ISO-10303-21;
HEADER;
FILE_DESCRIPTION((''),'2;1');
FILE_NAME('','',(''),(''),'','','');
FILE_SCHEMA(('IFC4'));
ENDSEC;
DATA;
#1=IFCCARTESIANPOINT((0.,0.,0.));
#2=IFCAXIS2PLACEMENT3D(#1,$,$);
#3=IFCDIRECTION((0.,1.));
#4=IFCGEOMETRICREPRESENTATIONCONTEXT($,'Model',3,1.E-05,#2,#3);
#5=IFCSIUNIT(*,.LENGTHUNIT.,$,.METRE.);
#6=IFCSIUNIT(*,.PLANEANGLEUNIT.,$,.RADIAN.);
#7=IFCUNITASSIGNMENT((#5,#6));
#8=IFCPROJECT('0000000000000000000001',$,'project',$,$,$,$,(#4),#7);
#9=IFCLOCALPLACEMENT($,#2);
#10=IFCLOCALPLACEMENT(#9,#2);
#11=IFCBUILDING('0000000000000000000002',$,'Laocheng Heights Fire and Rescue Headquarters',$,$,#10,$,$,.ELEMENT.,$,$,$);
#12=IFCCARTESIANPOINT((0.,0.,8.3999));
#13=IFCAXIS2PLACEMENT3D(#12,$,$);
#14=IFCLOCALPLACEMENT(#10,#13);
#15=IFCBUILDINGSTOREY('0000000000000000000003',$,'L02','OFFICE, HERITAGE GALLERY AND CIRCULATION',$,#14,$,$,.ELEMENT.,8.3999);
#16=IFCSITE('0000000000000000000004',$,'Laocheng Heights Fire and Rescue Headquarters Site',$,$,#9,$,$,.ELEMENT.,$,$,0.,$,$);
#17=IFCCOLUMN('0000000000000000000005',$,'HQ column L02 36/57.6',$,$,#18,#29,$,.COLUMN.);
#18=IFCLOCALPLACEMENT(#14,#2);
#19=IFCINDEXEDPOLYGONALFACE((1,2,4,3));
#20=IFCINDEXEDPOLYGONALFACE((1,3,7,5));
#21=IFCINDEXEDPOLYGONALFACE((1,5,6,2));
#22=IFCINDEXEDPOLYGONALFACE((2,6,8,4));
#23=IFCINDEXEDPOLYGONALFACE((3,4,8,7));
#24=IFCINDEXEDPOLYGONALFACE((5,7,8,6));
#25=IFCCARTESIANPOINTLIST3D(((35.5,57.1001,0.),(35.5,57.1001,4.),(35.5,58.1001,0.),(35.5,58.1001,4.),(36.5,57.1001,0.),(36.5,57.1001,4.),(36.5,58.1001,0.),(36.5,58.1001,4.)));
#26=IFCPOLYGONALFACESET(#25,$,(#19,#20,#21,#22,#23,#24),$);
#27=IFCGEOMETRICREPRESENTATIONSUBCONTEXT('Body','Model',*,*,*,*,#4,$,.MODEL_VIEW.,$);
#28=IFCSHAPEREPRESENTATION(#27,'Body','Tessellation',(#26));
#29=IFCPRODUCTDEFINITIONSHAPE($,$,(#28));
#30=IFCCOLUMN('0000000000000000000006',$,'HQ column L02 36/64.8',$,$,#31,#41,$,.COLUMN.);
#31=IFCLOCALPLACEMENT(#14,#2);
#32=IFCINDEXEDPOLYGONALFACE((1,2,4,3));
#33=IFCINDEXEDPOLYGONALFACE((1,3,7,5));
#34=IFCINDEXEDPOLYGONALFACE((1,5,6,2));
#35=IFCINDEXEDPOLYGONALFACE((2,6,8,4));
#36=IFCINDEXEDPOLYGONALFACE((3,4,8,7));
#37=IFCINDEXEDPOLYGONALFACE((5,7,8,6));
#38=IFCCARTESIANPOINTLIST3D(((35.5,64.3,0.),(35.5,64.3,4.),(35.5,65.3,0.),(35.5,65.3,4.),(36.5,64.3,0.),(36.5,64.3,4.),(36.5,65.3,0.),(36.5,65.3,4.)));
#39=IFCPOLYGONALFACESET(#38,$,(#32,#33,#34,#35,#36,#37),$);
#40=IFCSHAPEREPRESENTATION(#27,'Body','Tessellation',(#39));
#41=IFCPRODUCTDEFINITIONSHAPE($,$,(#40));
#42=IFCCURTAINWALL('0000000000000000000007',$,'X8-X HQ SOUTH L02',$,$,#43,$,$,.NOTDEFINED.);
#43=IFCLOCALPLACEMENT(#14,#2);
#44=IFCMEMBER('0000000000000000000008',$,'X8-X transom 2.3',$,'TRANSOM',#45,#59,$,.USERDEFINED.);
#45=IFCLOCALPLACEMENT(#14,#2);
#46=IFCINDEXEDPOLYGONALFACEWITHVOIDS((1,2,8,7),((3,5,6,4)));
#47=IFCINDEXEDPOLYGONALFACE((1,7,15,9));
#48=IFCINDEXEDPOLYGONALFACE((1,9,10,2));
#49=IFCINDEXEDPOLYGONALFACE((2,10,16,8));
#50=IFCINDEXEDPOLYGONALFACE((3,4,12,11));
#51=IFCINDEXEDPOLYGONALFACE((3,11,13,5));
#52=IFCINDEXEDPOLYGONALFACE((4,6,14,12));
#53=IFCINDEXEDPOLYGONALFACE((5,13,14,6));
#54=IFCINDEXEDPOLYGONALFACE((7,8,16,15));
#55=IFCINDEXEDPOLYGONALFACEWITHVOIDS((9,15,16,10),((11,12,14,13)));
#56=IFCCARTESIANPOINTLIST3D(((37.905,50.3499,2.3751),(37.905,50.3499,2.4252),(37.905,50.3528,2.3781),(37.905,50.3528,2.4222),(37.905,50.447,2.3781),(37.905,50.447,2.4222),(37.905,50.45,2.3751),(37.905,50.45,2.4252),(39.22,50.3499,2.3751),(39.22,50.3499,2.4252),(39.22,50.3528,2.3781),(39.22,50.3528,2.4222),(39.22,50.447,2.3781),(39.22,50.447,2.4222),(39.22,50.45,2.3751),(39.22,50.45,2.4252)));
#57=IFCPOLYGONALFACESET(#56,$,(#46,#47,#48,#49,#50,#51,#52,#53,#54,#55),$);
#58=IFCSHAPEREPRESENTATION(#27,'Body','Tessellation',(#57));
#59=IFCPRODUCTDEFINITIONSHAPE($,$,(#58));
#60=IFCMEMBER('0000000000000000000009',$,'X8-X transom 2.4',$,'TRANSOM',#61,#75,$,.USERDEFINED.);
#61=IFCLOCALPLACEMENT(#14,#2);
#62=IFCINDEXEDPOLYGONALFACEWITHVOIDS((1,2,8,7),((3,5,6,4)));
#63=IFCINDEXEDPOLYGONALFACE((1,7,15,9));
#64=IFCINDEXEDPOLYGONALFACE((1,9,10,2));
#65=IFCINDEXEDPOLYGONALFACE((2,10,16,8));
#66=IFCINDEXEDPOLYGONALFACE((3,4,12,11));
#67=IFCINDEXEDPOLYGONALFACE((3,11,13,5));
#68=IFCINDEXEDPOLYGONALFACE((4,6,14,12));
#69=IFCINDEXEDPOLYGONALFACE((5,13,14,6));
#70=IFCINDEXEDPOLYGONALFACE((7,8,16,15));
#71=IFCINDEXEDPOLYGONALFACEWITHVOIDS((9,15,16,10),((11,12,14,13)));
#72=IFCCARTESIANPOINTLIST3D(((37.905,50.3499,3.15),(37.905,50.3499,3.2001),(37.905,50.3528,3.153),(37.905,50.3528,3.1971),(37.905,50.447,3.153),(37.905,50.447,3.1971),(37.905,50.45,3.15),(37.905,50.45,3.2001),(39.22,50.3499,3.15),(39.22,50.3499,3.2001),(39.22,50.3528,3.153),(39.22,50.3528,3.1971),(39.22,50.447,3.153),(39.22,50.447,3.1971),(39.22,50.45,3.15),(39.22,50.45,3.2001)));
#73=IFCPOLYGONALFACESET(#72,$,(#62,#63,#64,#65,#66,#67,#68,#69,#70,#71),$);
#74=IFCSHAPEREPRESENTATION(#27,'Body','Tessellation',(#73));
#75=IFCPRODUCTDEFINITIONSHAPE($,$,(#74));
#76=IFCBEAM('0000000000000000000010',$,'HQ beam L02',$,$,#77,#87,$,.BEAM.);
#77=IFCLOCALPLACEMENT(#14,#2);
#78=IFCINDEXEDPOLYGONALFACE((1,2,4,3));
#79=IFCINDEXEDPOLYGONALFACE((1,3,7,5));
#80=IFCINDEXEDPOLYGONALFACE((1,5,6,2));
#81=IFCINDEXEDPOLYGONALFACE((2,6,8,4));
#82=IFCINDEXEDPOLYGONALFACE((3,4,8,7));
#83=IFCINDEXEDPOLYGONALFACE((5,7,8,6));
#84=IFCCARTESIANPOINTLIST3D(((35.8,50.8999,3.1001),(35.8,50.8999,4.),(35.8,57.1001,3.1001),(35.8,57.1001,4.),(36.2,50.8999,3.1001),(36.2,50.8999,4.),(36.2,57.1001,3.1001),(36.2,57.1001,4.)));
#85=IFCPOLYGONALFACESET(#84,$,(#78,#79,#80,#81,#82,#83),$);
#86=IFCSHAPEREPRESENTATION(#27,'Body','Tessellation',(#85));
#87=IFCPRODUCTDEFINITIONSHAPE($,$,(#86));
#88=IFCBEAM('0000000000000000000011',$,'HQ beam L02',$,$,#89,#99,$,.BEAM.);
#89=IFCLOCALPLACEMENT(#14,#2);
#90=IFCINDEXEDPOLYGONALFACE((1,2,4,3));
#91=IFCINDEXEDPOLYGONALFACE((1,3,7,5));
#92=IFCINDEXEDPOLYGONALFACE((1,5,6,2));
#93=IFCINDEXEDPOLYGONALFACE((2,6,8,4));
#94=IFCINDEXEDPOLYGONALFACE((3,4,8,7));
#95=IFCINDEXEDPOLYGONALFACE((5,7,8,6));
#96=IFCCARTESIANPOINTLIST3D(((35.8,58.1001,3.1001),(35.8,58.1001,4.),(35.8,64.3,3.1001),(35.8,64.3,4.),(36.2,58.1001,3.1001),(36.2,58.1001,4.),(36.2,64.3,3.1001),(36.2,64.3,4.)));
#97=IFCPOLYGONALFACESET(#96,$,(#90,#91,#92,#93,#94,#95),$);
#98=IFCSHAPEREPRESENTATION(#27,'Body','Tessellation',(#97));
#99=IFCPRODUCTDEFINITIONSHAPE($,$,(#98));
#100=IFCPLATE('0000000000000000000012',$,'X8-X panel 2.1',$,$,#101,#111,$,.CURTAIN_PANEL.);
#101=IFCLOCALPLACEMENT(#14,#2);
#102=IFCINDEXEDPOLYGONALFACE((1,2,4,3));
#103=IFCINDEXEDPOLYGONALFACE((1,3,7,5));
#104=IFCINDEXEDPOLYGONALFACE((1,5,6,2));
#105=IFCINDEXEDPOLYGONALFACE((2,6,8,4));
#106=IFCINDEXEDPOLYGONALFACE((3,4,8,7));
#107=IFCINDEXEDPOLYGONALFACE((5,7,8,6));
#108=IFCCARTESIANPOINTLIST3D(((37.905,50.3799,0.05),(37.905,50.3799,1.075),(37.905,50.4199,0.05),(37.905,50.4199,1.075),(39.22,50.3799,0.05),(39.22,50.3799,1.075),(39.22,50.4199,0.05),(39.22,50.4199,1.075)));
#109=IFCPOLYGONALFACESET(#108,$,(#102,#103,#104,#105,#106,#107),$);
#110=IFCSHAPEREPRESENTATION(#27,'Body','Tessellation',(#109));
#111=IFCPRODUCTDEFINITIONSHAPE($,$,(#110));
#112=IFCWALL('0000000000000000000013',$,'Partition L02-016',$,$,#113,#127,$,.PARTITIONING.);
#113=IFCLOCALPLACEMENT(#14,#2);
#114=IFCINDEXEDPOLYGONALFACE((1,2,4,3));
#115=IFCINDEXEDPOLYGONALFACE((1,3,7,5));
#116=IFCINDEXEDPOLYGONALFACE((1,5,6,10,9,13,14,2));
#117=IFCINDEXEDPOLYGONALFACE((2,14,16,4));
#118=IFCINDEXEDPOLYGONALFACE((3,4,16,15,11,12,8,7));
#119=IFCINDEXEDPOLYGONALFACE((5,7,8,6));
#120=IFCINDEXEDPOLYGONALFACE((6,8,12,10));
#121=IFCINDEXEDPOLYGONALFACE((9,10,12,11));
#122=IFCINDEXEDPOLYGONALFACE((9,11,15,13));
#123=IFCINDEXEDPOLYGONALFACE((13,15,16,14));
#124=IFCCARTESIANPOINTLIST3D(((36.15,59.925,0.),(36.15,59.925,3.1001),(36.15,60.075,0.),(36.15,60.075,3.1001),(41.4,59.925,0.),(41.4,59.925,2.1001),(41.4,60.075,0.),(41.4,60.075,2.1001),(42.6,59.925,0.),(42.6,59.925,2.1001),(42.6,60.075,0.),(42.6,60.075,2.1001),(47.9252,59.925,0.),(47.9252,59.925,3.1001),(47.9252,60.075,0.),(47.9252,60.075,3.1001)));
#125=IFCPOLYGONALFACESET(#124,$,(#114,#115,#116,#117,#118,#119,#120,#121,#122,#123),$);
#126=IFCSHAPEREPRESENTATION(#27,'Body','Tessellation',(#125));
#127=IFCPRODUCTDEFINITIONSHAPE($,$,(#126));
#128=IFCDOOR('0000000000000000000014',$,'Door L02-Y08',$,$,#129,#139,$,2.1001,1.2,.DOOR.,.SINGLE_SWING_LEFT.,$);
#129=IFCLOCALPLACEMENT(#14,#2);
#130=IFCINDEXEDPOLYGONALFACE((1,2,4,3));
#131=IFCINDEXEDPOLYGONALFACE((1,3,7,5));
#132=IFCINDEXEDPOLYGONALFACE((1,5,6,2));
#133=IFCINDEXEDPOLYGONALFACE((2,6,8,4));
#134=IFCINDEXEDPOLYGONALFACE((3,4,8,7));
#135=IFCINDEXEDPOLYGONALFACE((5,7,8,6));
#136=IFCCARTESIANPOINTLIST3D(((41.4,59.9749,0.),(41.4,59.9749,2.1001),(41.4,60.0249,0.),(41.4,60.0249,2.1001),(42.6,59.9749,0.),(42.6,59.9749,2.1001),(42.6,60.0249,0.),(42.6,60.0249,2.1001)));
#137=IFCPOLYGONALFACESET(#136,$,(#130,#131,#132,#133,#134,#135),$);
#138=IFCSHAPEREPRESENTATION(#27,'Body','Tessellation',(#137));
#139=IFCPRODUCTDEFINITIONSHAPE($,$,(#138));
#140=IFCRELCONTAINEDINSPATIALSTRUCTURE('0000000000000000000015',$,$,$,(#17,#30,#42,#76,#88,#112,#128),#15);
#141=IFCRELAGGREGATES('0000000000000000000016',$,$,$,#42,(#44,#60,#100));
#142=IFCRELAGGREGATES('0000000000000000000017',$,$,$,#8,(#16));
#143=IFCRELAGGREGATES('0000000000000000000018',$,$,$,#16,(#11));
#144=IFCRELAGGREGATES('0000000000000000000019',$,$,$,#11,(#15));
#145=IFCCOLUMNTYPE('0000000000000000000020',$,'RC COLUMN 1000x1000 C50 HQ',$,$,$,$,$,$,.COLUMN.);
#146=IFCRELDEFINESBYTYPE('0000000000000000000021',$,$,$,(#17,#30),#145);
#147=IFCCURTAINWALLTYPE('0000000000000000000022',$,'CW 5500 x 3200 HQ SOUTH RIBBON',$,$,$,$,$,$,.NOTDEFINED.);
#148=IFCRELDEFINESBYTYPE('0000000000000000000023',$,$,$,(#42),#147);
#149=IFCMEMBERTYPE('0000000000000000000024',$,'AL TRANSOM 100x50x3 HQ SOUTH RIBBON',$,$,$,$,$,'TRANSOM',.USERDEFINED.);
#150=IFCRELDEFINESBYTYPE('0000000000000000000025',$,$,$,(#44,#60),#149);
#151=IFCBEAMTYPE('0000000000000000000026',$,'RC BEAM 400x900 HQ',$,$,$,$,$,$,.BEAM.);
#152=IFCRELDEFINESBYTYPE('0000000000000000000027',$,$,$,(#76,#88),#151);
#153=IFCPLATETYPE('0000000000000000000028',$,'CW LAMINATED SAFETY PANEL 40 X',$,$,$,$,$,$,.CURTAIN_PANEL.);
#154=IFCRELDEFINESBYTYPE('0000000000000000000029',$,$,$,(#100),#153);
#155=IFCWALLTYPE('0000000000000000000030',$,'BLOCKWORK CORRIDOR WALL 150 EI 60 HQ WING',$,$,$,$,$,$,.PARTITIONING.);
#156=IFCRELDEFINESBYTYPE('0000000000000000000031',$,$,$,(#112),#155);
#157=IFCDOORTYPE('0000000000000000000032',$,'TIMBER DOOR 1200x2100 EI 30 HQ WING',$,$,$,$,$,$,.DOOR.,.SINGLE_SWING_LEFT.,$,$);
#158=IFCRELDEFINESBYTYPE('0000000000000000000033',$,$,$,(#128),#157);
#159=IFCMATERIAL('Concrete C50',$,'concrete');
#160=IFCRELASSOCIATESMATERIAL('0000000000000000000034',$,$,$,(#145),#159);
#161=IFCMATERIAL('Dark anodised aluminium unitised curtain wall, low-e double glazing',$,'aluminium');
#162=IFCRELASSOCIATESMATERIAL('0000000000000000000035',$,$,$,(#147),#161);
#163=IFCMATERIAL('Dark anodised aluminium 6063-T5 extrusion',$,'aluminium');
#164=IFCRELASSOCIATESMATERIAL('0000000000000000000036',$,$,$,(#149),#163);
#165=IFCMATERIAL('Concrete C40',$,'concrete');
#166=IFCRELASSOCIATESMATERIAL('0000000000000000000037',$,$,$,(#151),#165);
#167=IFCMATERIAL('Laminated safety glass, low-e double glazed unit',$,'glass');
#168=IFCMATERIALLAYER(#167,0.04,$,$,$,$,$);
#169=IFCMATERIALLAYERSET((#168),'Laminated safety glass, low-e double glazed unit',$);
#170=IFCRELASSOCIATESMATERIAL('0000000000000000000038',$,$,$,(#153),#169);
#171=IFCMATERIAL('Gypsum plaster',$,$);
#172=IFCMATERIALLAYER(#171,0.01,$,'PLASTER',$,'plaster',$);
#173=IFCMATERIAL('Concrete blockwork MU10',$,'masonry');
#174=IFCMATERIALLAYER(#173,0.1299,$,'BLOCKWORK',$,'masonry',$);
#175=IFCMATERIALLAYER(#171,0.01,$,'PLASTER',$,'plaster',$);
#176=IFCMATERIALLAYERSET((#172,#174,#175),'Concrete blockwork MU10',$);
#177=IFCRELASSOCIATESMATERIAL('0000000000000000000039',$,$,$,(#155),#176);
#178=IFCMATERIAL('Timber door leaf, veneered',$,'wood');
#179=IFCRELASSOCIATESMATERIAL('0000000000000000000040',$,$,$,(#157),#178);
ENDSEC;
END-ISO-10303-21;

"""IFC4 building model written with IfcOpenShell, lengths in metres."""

from ifc_helpers import new_model, si_unit, direction, frame, frame_2d, origin, origin_2d, place, context, subcontext, project, spatial, rectangle, hollow_rectangle, extrude, material, layer, layer_set, material_profile, profile_set, type_object, element, fill, aggregate, save


model = new_model("IFC4")

# Units and contexts
model_context = context("Model", 3, precision=1e-05, world=origin(), true_north=direction((0.0, 1.0)))
body_context = subcontext(model_context, "Body", "Model", "MODEL_VIEW")
ifc_project = project(units=[si_unit("LENGTHUNIT", "METRE"), si_unit("PLANEANGLEUNIT", "RADIAN")], contexts=[model_context])

# Site, building, storey
site_placement = place(None, origin())
site = spatial("IfcSite", under=ifc_project, at=site_placement, Name="Laocheng Heights Fire and Rescue Headquarters Site", CompositionType="ELEMENT", RefElevation=0.0)
building_placement = place(site_placement, origin())
building = spatial("IfcBuilding", under=site, at=building_placement, Name="Laocheng Heights Fire and Rescue Headquarters", CompositionType="ELEMENT")
storey_placement = place(building_placement, frame((0.0, 0.0, 8.3999)))
storey = spatial("IfcBuildingStorey", under=building, at=storey_placement, Name="L02", Description="OFFICE, HERITAGE GALLERY AND CIRCULATION", CompositionType="ELEMENT", Elevation=8.3999)

# Columns
ifc_material_1 = material(Name="Concrete C50", Category="concrete")
ifc_material_profile_1 = material_profile(ifc_material_1, rectangle(XDim=1.0, YDim=1.0, at=origin_2d()), Name="RC COLUMN 1000x1000 C50 HQ")
ifc_profile_set_1 = profile_set([ifc_material_profile_1], Name="Concrete C50")
column_type = type_object("IfcColumnType", Name="RC COLUMN 1000x1000 C50 HQ", PredefinedType="COLUMN", material=ifc_profile_set_1)
for number, where, z_axis, x_axis, name in (
    (1, (36.0, 57.6001, 0.0), (0.0, 0.0, 1.0), (1.0, 0.0, 0.0), "HQ column L02 36/57.6"),
    (2, (36.0, 64.8, 0.0), (0.0, 0.0, 1.0), (1.0, 0.0, 0.0), "HQ column L02 36/64.8"),
):
    element("IfcColumn", number, at=place(storey_placement, frame(where, z_axis=z_axis, x_axis=x_axis)), inside=storey, type_object=column_type, Name=name, PredefinedType="COLUMN", context=body_context, shape_type="SweptSolid", body=[
        extrude(rectangle(XDim=1.0, YDim=1.0, at=origin_2d()), origin(), (0.0, 0.0, 1.0), 4.0),
    ])

# Curtain wall, members
ifc_material_2 = material(Name="Dark anodised aluminium unitised curtain wall, low-e double glazing", Category="aluminium")
curtain_wall_type = type_object("IfcCurtainWallType", Name="CW 5500 x 3200 HQ SOUTH RIBBON", PredefinedType="NOTDEFINED", material=ifc_material_2)
curtain_wall_placement = place(storey_placement, origin())
curtain_wall = element("IfcCurtainWall", 3, at=curtain_wall_placement, inside=storey, type_object=curtain_wall_type, Name="X8-X HQ SOUTH L02", PredefinedType="NOTDEFINED")
ifc_material_3 = material(Name="Dark anodised aluminium 6063-T5 extrusion", Category="aluminium")
ifc_material_profile_2 = material_profile(ifc_material_3, hollow_rectangle(XDim=0.1001, YDim=0.05, WallThickness=0.0029, at=origin_2d()), Name="AL TRANSOM 100x50x3 HQ SOUTH RIBBON")
ifc_profile_set_2 = profile_set([ifc_material_profile_2], Name="Dark anodised aluminium 6063-T5 extrusion")
member_type = type_object("IfcMemberType", Name="AL TRANSOM 100x50x3 HQ SOUTH RIBBON", ElementType="TRANSOM", PredefinedType="USERDEFINED", material=ifc_profile_set_2)
member_1_placement = place(storey_placement, frame((37.905, 50.3999, 2.4001), z_axis=(1.0, 0.0, 0.0), x_axis=(0.0, 1.0, 0.0)))
member_1 = element("IfcMember", 4, at=member_1_placement, type_object=member_type, Name="X8-X transom 2.3", ObjectType="TRANSOM", PredefinedType="USERDEFINED", context=body_context, shape_type="SweptSolid", body=[
    extrude(hollow_rectangle(XDim=0.1001, YDim=0.05, WallThickness=0.0029, at=origin_2d()), origin(), (0.0, 0.0, 1.0), 1.3149),
])
member_2_placement = place(storey_placement, frame((37.905, 50.3999, 3.175), z_axis=(1.0, 0.0, 0.0), x_axis=(0.0, 1.0, 0.0)))
member_2 = element("IfcMember", 5, at=member_2_placement, type_object=member_type, Name="X8-X transom 2.4", ObjectType="TRANSOM", PredefinedType="USERDEFINED", context=body_context, shape_type="SweptSolid", body=[
    extrude(hollow_rectangle(XDim=0.1001, YDim=0.05, WallThickness=0.0029, at=origin_2d()), origin(), (0.0, 0.0, 1.0), 1.3149),
])

# Beams
ifc_material_4 = material(Name="Concrete C40", Category="concrete")
ifc_material_profile_3 = material_profile(ifc_material_4, rectangle(XDim=0.3999, YDim=0.8999, at=origin_2d()), Name="RC BEAM 400x900 HQ")
ifc_profile_set_3 = profile_set([ifc_material_profile_3], Name="Concrete C40")
beam_type = type_object("IfcBeamType", Name="RC BEAM 400x900 HQ", PredefinedType="BEAM", material=ifc_profile_set_3)
beam_1_placement = place(storey_placement, frame((36.0, 50.8999, 3.55), z_axis=(0.0, 1.0, 0.0), x_axis=(-1.0, 0.0, 0.0)))
element("IfcBeam", 6, at=beam_1_placement, inside=storey, type_object=beam_type, Name="HQ beam L02", PredefinedType="BEAM", context=body_context, shape_type="SweptSolid", body=[
    extrude(rectangle(XDim=0.3999, YDim=0.8999, at=origin_2d()), origin(), (0.0, 0.0, 1.0), 6.2002),
])
beam_2_placement = place(storey_placement, frame((36.0, 58.1001, 3.55), z_axis=(0.0, 1.0, 0.0), x_axis=(-1.0, 0.0, 0.0)))
element("IfcBeam", 7, at=beam_2_placement, inside=storey, type_object=beam_type, Name="HQ beam L02", PredefinedType="BEAM", context=body_context, shape_type="SweptSolid", body=[
    extrude(rectangle(XDim=0.3999, YDim=0.8999, at=origin_2d()), origin(), (0.0, 0.0, 1.0), 6.2),
])

# Plate
ifc_material_5 = material(Name="Laminated safety glass, low-e double glazed unit", Category="glass")
ifc_layer_1 = layer(ifc_material_5, 0.04)
ifc_layer_set_1 = layer_set([ifc_layer_1], Name="Laminated safety glass, low-e double glazed unit")
plate_type = type_object("IfcPlateType", Name="CW LAMINATED SAFETY PANEL 40 X", PredefinedType="CURTAIN_PANEL", material=ifc_layer_set_1)
plate_placement = place(storey_placement, frame((38.5625, 50.3999, 0.05), z_axis=(0.0, 0.0, 1.0), x_axis=(1.0, 0.0, 0.0)))
plate = element("IfcPlate", 8, at=plate_placement, type_object=plate_type, Name="X8-X panel 2.1", PredefinedType="CURTAIN_PANEL", context=body_context, shape_type="SweptSolid", body=[
    extrude(rectangle(XDim=1.3149, YDim=0.04, at=origin_2d()), origin(), (0.0, 0.0, 1.0), 1.0249),
])
aggregate(curtain_wall, [member_1, member_2, plate])

# Wall, opening, door
ifc_material_6 = material(Name="Gypsum plaster")
ifc_layer_2 = layer(ifc_material_6, 0.01, Name="PLASTER", Category="plaster")
ifc_material_7 = material(Name="Concrete blockwork MU10", Category="masonry")
ifc_layer_3 = layer(ifc_material_7, 0.1299, Name="BLOCKWORK", Category="masonry")
ifc_layer_4 = layer(ifc_material_6, 0.01, Name="PLASTER", Category="plaster")
ifc_layer_set_2 = layer_set([ifc_layer_2, ifc_layer_3, ifc_layer_4], Name="Concrete blockwork MU10")
wall_type_1 = type_object("IfcWallType", Name="BLOCKWORK CORRIDOR WALL 150 EI 60 HQ WING", PredefinedType="PARTITIONING", material=ifc_layer_set_2)
wall_1_placement = place(storey_placement, frame((36.1499, 60.0, 0.0), z_axis=(0.0, 0.0, 1.0), x_axis=(1.0, 0.0, 0.0)))
wall_1 = element("IfcWall", 9, at=wall_1_placement, inside=storey, type_object=wall_type_1, Name="Partition L02-016", PredefinedType="PARTITIONING", context=body_context, shape_type="SweptSolid", body=[
    extrude(rectangle(XDim=11.7751, YDim=0.1499, at=frame_2d((5.8877, 0.0))), origin(), (0.0, 0.0, 1.0), 3.1001),
])
opening_1_placement = place(wall_1_placement, frame((5.25, 0.0, 0.0)))
opening_1 = element("IfcOpeningElement", 10, at=opening_1_placement, cuts=wall_1, PredefinedType="OPENING", context=body_context, shape_type="SweptSolid", body=[
    extrude(rectangle(XDim=1.2, YDim=2.1001, at=frame_2d((0.6001, 1.05))), frame((0.0, 0.085, 0.0), z_axis=(0.0, -1.0, 0.0), x_axis=(1.0, 0.0, 0.0)), (0.0, 0.0, 1.0), 0.1699),
])
ifc_material_8 = material(Name="Timber door leaf, veneered", Category="wood")
door_type_1 = type_object("IfcDoorType", Name="TIMBER DOOR 1200x2100 EI 30 HQ WING", OperationType="SINGLE_SWING_LEFT", PredefinedType="DOOR", material=ifc_material_8)
door_1_placement = place(opening_1_placement, origin())
door_1 = element("IfcDoor", 11, at=door_1_placement, inside=storey, type_object=door_type_1, Name="Door L02-Y08", OperationType="SINGLE_SWING_LEFT", OverallHeight=2.1001, OverallWidth=1.2, PredefinedType="DOOR", context=body_context, shape_type="SweptSolid", body=[
    extrude(rectangle(XDim=1.2, YDim=2.1001, at=frame_2d((0.6001, 1.05))), frame((0.0, 0.0249, 0.0), z_axis=(0.0, -1.0, 0.0), x_axis=(1.0, 0.0, 0.0)), (0.0, 0.0, 1.0), 0.05),
])
fill(opening_1, door_1)

save(model, "model.ifc")
